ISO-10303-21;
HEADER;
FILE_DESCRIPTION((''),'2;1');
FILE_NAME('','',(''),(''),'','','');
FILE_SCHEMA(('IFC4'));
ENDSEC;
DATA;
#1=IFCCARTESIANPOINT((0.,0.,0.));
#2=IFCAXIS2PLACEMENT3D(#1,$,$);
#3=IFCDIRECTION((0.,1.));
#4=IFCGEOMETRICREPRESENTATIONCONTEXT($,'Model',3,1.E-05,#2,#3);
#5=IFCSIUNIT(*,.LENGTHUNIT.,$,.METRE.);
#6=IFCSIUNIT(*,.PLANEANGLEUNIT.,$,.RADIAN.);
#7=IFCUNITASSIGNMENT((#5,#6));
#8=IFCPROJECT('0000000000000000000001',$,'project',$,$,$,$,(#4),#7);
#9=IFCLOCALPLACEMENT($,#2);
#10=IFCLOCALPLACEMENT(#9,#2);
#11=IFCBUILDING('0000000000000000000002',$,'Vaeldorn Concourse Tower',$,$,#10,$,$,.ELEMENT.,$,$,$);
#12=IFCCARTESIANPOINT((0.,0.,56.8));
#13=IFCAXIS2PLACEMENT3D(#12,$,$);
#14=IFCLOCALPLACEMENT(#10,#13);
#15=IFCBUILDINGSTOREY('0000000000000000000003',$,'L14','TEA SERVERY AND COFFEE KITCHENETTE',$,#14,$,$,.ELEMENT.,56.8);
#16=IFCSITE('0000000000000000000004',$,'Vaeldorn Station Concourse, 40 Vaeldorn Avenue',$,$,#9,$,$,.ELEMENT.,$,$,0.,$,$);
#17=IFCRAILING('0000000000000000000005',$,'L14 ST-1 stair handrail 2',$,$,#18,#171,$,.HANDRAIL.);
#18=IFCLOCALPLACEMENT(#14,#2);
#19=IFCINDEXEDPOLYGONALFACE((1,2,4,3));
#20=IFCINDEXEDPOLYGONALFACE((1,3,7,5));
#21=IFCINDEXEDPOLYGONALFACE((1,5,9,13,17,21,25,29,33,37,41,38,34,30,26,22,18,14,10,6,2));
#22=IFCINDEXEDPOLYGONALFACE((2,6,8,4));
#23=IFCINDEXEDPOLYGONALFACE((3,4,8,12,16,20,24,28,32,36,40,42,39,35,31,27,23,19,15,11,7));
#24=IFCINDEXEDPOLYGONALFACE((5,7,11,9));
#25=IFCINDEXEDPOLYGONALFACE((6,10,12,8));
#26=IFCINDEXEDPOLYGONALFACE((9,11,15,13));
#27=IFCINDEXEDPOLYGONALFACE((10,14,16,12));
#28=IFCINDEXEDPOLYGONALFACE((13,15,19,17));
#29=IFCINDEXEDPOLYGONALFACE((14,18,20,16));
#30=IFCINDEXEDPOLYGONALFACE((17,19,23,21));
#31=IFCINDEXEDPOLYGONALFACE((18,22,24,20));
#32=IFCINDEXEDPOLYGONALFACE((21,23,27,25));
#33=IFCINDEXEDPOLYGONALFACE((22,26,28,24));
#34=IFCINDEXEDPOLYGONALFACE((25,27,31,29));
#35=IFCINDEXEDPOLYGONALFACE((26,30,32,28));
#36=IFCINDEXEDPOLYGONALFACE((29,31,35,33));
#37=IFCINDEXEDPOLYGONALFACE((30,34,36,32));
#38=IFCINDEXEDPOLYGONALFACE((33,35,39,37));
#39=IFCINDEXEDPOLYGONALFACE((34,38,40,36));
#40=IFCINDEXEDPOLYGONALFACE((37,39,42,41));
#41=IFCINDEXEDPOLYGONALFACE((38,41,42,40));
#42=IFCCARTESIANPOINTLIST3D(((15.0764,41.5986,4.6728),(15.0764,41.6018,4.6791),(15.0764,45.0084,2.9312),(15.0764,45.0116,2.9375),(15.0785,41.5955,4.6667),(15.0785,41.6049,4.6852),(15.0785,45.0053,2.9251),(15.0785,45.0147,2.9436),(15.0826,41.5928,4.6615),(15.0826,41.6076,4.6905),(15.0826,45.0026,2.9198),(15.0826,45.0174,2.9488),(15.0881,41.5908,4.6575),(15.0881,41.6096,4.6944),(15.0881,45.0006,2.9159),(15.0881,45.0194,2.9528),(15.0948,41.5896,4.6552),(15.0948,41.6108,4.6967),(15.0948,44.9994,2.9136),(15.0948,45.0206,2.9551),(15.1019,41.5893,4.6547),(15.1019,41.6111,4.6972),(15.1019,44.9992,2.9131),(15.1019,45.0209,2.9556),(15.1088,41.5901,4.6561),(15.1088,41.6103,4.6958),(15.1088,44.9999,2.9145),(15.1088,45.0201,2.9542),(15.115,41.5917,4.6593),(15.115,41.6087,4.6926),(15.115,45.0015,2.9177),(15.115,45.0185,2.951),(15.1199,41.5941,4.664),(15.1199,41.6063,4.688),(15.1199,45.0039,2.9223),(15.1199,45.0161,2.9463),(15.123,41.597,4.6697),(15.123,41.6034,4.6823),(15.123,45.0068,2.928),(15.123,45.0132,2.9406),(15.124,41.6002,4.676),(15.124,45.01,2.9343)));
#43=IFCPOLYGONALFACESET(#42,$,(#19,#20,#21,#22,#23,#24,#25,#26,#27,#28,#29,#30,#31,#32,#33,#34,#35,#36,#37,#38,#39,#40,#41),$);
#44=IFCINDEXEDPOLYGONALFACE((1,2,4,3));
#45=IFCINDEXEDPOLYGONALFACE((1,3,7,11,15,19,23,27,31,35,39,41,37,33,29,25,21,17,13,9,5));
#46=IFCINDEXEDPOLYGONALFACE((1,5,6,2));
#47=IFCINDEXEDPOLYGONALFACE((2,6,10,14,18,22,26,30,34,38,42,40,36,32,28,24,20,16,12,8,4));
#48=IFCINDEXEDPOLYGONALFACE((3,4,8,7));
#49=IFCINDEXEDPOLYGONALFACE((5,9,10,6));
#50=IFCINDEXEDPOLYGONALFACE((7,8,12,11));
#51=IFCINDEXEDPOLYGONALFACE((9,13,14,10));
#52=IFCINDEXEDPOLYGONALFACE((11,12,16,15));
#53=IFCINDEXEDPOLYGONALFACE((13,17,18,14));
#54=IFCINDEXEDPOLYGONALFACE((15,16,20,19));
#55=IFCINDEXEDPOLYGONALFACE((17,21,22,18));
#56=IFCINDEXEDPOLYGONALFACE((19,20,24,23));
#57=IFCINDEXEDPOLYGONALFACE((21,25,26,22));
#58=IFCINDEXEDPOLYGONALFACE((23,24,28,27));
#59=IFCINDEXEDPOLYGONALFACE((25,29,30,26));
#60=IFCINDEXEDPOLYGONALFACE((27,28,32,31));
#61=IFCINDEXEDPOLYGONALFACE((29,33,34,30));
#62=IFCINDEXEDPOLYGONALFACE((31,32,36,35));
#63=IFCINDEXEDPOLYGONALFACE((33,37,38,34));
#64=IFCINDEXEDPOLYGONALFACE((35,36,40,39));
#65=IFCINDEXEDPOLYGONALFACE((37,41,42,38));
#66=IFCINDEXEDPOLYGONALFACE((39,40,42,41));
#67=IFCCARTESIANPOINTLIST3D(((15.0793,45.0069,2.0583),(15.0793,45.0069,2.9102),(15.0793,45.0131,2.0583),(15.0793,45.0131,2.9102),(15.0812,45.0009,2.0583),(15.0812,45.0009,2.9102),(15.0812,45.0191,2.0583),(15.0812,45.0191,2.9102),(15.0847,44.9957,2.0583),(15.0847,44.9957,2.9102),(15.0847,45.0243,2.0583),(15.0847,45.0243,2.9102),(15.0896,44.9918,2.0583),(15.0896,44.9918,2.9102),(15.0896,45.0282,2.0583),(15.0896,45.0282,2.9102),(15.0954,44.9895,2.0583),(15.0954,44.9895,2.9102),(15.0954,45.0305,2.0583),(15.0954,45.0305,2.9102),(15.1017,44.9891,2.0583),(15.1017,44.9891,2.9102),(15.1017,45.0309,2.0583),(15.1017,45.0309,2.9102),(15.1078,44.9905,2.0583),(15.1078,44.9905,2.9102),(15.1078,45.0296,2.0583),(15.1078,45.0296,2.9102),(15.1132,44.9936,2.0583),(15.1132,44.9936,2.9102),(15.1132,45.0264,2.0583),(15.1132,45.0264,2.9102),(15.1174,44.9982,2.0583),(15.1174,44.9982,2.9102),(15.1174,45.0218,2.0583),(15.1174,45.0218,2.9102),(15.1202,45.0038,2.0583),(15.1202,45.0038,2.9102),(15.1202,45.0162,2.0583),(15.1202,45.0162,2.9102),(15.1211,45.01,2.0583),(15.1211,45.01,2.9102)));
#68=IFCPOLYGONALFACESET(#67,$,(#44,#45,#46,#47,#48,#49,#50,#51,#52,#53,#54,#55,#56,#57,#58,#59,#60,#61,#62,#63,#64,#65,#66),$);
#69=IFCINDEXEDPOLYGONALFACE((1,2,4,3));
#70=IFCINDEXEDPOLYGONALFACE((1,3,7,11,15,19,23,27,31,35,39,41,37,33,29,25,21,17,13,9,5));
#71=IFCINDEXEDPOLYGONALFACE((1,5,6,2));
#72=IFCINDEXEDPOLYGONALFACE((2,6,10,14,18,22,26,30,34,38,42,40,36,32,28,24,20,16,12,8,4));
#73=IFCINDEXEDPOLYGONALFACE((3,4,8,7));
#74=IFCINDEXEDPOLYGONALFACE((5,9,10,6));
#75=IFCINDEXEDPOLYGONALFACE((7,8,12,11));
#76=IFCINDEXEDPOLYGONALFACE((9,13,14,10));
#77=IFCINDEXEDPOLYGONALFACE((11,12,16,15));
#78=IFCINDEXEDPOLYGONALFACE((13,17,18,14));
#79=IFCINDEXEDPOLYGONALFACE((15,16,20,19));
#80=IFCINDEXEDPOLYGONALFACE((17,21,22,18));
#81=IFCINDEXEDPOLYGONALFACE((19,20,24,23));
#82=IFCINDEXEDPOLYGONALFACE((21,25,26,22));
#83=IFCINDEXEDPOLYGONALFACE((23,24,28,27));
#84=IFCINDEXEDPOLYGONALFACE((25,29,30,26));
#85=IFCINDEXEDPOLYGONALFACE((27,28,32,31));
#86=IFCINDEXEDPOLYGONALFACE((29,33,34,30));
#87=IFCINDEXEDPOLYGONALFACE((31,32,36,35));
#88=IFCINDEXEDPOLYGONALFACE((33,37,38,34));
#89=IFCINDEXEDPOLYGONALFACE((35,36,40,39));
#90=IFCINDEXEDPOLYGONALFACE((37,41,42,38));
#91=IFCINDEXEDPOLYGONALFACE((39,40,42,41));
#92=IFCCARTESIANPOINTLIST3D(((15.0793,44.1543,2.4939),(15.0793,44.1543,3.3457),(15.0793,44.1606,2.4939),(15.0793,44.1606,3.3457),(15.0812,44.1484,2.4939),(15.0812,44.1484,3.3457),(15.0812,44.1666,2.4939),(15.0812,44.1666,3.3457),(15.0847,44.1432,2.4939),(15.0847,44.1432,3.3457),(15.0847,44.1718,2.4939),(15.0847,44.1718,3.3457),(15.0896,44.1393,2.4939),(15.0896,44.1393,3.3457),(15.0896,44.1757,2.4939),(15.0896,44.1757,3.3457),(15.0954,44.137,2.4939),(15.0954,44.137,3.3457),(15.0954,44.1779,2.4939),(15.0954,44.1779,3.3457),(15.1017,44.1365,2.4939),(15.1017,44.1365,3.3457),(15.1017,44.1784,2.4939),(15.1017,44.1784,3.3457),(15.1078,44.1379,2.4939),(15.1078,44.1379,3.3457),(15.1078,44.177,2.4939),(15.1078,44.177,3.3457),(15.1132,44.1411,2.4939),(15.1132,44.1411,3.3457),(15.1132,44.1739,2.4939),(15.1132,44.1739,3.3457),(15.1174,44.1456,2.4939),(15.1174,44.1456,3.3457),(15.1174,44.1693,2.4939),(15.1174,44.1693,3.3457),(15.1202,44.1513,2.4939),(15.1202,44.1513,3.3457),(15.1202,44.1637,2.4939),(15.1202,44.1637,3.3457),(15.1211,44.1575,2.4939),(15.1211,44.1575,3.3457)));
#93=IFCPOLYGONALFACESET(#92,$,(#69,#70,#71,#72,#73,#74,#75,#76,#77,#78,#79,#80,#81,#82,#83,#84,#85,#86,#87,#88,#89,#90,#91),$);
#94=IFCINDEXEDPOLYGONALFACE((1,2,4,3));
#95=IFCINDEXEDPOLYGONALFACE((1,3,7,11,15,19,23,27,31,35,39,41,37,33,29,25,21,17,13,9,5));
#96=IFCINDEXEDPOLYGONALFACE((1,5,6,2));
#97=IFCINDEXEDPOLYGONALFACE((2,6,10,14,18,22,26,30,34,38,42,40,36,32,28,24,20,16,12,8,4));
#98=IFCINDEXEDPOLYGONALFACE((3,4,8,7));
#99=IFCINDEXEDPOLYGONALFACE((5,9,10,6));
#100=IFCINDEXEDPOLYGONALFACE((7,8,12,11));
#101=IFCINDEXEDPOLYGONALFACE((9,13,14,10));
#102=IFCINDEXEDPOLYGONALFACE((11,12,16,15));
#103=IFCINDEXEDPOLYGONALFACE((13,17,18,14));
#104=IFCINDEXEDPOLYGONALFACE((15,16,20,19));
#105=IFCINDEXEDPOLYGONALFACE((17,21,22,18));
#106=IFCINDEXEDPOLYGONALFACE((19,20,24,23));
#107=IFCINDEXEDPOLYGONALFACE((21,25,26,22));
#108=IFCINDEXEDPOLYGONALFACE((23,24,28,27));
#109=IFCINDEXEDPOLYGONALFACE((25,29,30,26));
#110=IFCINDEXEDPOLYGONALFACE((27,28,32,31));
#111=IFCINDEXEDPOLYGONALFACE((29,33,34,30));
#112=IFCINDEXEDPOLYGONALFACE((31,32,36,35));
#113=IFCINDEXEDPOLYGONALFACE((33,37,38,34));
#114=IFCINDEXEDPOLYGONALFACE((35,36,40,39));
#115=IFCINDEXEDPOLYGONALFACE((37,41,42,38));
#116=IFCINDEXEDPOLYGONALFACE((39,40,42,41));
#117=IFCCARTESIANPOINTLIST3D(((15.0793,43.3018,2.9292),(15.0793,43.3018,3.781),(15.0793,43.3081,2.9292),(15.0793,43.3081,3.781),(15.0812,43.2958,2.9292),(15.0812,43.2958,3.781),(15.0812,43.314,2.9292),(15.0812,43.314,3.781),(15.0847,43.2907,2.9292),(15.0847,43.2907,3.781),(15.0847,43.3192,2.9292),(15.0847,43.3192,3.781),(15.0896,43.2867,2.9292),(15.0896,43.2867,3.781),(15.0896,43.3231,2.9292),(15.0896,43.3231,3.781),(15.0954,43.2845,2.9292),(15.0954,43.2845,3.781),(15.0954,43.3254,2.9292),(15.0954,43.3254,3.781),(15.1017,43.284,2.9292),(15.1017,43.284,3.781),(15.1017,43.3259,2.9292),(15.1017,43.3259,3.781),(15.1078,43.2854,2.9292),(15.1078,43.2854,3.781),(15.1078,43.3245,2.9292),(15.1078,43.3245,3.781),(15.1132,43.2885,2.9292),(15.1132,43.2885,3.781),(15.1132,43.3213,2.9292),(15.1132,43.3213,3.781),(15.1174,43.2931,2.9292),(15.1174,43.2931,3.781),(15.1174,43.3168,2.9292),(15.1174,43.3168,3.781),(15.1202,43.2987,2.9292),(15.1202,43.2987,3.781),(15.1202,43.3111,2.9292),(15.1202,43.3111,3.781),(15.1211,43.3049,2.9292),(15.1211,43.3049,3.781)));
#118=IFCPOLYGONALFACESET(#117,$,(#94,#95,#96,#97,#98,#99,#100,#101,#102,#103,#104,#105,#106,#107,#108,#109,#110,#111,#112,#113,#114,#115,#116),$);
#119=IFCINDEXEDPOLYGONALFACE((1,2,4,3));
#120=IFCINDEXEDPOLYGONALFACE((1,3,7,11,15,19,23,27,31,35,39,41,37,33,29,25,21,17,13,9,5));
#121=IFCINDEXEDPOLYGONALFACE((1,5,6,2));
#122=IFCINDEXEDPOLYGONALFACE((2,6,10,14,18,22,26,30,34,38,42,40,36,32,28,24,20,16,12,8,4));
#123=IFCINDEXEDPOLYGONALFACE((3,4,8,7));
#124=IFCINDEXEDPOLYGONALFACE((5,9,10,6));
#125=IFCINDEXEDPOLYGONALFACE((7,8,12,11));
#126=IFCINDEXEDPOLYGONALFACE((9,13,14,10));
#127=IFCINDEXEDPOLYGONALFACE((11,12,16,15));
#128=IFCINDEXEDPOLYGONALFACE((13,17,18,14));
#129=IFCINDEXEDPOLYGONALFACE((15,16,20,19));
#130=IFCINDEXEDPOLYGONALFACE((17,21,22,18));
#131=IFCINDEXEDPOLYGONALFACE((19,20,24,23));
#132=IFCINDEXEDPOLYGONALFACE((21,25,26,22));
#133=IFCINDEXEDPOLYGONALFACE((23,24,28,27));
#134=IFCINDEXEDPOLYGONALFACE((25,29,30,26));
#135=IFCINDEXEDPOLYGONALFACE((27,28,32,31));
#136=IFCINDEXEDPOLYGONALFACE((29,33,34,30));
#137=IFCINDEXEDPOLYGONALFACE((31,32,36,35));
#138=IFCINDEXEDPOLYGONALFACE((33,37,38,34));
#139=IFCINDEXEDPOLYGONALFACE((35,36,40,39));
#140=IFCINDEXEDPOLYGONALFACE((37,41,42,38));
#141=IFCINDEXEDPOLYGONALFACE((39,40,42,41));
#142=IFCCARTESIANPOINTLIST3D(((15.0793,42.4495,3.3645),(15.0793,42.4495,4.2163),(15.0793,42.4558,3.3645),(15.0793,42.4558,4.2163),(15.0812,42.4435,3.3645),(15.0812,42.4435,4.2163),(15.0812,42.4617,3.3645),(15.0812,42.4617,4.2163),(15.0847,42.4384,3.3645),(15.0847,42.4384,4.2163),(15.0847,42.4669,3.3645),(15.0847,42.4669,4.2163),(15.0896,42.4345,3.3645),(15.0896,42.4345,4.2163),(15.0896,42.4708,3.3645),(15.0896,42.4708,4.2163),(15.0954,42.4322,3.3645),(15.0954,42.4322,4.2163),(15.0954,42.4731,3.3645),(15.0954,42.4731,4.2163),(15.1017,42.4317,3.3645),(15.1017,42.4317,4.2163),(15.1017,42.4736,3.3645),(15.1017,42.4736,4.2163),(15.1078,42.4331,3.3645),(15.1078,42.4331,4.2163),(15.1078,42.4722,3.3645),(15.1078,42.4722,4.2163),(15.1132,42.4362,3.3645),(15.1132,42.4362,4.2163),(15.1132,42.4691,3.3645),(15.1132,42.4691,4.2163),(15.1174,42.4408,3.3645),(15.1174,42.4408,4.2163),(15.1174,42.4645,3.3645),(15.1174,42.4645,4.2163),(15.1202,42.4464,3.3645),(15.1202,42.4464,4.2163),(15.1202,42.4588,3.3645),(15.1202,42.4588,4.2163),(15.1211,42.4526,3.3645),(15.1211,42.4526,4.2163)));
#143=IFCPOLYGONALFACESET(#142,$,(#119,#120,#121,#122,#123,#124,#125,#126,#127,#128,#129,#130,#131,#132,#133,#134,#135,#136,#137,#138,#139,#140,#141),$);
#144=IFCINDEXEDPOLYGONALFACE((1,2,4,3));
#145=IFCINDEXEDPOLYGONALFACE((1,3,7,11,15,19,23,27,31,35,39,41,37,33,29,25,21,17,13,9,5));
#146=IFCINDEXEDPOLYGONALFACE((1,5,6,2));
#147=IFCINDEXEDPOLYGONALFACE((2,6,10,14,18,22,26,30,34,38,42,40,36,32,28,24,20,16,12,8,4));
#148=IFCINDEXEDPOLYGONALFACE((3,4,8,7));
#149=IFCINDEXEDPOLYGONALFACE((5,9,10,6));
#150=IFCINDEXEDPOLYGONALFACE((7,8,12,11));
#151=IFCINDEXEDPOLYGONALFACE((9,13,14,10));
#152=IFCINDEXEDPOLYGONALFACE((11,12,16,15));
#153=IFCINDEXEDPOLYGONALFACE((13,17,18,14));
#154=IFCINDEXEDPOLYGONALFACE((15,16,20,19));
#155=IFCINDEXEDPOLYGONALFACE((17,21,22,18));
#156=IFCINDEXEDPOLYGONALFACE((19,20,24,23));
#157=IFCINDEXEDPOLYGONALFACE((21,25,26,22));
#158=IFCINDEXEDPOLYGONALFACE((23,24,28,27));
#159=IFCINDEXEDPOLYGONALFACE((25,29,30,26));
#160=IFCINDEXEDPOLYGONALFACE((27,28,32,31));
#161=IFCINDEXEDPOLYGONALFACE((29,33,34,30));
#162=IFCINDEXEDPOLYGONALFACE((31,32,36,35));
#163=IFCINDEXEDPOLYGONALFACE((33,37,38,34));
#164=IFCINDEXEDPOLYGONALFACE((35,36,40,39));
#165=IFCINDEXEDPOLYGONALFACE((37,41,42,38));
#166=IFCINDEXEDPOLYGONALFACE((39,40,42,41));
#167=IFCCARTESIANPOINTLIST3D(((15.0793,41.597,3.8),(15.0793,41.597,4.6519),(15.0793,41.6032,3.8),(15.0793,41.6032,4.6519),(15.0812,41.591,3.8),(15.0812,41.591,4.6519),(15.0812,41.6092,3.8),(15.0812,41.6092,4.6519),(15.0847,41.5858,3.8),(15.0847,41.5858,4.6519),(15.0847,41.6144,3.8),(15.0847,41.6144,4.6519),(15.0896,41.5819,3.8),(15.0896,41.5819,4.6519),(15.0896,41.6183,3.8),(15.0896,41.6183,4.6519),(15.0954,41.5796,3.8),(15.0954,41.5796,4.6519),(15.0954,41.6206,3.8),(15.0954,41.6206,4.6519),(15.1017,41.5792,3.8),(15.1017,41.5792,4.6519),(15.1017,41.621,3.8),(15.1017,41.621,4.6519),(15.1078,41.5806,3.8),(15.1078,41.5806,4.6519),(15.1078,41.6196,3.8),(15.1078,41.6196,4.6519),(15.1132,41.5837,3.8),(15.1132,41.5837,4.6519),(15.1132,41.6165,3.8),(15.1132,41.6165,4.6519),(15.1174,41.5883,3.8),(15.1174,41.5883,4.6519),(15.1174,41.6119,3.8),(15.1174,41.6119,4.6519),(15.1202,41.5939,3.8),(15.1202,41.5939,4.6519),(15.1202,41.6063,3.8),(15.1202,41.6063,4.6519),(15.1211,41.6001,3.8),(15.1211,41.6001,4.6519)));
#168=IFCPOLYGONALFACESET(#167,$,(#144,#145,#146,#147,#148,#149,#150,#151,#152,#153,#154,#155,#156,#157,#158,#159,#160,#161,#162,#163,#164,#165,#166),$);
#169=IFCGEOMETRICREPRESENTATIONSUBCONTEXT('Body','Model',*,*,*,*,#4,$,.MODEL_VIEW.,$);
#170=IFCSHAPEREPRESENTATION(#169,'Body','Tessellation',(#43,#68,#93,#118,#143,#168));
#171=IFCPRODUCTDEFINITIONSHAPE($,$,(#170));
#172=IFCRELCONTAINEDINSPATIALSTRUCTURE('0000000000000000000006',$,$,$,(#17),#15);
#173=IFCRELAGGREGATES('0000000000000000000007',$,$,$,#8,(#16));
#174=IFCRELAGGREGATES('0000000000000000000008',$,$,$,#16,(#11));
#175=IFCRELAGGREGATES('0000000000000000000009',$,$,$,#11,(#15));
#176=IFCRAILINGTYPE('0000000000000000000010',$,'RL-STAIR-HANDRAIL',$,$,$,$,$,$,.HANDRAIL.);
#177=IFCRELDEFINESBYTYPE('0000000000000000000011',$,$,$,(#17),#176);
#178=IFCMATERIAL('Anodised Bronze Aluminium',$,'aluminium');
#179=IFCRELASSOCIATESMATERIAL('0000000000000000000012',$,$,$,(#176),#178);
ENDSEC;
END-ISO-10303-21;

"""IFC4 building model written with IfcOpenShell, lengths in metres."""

from ifc_helpers import new_model, si_unit, direction, frame, origin, origin_2d, place, context, subcontext, project, spatial, circle, extrude, material, type_object, element, save


model = new_model("IFC4")

# Units and contexts
model_context = context("Model", 3, precision=1e-05, world=origin(), true_north=direction((0.0, 1.0)))
body_context = subcontext(model_context, "Body", "Model", "MODEL_VIEW")
ifc_project = project(units=[si_unit("LENGTHUNIT", "METRE"), si_unit("PLANEANGLEUNIT", "RADIAN")], contexts=[model_context])

# Site, building, storey
site_placement = place(None, origin())
site = spatial("IfcSite", under=ifc_project, at=site_placement, Name="Vaeldorn Station Concourse, 40 Vaeldorn Avenue", CompositionType="ELEMENT", RefElevation=0.0)
building_placement = place(site_placement, origin())
building = spatial("IfcBuilding", under=site, at=building_placement, Name="Vaeldorn Concourse Tower", CompositionType="ELEMENT")
storey_placement = place(building_placement, frame((0.0, 0.0, 56.8)))
storey = spatial("IfcBuildingStorey", under=building, at=storey_placement, Name="L14", Description="TEA SERVERY AND COFFEE KITCHENETTE", CompositionType="ELEMENT", Elevation=56.8)

# Shared definitions
ifc_material_1 = material(Name="Anodised Bronze Aluminium", Category="aluminium")

# Railing
railing_type_1 = type_object("IfcRailingType", Name="RL-STAIR-HANDRAIL", PredefinedType="HANDRAIL", material=ifc_material_1)
railing_1_placement = place(storey_placement, frame((15.1001, 45.01, 2.0583)))
element("IfcRailing", 1, at=railing_1_placement, inside=storey, type_object=railing_type_1, Name="L14 ST-1 stair handrail 2", PredefinedType="HANDRAIL", context=body_context, shape_type="SweptSolid", body=[
    extrude(circle(Radius=0.0239, at=origin_2d()), frame((0.0, 0.0, 0.876), z_axis=(0.0, -0.890556, 0.454874), x_axis=(1.0, 0.0, 0.0)), (0.0, 0.0, 1.0), 3.8289),
    extrude(circle(Radius=0.021, at=origin_2d()), origin(), (0.0, 0.0, 1.0), 0.8518),
    extrude(circle(Radius=0.021, at=origin_2d()), frame((0.0, -0.8525, 0.4355)), (0.0, 0.0, 1.0), 0.8518),
    extrude(circle(Radius=0.021, at=origin_2d()), frame((0.0, -1.7051, 0.8708)), (0.0, 0.0, 1.0), 0.8518),
    extrude(circle(Radius=0.021, at=origin_2d()), frame((0.0, -2.5574, 1.3062)), (0.0, 0.0, 1.0), 0.8518),
    extrude(circle(Radius=0.021, at=origin_2d()), frame((0.0, -3.4099, 1.7417)), (0.0, 0.0, 1.0), 0.8518),
])

save(model, "model.ifc")
